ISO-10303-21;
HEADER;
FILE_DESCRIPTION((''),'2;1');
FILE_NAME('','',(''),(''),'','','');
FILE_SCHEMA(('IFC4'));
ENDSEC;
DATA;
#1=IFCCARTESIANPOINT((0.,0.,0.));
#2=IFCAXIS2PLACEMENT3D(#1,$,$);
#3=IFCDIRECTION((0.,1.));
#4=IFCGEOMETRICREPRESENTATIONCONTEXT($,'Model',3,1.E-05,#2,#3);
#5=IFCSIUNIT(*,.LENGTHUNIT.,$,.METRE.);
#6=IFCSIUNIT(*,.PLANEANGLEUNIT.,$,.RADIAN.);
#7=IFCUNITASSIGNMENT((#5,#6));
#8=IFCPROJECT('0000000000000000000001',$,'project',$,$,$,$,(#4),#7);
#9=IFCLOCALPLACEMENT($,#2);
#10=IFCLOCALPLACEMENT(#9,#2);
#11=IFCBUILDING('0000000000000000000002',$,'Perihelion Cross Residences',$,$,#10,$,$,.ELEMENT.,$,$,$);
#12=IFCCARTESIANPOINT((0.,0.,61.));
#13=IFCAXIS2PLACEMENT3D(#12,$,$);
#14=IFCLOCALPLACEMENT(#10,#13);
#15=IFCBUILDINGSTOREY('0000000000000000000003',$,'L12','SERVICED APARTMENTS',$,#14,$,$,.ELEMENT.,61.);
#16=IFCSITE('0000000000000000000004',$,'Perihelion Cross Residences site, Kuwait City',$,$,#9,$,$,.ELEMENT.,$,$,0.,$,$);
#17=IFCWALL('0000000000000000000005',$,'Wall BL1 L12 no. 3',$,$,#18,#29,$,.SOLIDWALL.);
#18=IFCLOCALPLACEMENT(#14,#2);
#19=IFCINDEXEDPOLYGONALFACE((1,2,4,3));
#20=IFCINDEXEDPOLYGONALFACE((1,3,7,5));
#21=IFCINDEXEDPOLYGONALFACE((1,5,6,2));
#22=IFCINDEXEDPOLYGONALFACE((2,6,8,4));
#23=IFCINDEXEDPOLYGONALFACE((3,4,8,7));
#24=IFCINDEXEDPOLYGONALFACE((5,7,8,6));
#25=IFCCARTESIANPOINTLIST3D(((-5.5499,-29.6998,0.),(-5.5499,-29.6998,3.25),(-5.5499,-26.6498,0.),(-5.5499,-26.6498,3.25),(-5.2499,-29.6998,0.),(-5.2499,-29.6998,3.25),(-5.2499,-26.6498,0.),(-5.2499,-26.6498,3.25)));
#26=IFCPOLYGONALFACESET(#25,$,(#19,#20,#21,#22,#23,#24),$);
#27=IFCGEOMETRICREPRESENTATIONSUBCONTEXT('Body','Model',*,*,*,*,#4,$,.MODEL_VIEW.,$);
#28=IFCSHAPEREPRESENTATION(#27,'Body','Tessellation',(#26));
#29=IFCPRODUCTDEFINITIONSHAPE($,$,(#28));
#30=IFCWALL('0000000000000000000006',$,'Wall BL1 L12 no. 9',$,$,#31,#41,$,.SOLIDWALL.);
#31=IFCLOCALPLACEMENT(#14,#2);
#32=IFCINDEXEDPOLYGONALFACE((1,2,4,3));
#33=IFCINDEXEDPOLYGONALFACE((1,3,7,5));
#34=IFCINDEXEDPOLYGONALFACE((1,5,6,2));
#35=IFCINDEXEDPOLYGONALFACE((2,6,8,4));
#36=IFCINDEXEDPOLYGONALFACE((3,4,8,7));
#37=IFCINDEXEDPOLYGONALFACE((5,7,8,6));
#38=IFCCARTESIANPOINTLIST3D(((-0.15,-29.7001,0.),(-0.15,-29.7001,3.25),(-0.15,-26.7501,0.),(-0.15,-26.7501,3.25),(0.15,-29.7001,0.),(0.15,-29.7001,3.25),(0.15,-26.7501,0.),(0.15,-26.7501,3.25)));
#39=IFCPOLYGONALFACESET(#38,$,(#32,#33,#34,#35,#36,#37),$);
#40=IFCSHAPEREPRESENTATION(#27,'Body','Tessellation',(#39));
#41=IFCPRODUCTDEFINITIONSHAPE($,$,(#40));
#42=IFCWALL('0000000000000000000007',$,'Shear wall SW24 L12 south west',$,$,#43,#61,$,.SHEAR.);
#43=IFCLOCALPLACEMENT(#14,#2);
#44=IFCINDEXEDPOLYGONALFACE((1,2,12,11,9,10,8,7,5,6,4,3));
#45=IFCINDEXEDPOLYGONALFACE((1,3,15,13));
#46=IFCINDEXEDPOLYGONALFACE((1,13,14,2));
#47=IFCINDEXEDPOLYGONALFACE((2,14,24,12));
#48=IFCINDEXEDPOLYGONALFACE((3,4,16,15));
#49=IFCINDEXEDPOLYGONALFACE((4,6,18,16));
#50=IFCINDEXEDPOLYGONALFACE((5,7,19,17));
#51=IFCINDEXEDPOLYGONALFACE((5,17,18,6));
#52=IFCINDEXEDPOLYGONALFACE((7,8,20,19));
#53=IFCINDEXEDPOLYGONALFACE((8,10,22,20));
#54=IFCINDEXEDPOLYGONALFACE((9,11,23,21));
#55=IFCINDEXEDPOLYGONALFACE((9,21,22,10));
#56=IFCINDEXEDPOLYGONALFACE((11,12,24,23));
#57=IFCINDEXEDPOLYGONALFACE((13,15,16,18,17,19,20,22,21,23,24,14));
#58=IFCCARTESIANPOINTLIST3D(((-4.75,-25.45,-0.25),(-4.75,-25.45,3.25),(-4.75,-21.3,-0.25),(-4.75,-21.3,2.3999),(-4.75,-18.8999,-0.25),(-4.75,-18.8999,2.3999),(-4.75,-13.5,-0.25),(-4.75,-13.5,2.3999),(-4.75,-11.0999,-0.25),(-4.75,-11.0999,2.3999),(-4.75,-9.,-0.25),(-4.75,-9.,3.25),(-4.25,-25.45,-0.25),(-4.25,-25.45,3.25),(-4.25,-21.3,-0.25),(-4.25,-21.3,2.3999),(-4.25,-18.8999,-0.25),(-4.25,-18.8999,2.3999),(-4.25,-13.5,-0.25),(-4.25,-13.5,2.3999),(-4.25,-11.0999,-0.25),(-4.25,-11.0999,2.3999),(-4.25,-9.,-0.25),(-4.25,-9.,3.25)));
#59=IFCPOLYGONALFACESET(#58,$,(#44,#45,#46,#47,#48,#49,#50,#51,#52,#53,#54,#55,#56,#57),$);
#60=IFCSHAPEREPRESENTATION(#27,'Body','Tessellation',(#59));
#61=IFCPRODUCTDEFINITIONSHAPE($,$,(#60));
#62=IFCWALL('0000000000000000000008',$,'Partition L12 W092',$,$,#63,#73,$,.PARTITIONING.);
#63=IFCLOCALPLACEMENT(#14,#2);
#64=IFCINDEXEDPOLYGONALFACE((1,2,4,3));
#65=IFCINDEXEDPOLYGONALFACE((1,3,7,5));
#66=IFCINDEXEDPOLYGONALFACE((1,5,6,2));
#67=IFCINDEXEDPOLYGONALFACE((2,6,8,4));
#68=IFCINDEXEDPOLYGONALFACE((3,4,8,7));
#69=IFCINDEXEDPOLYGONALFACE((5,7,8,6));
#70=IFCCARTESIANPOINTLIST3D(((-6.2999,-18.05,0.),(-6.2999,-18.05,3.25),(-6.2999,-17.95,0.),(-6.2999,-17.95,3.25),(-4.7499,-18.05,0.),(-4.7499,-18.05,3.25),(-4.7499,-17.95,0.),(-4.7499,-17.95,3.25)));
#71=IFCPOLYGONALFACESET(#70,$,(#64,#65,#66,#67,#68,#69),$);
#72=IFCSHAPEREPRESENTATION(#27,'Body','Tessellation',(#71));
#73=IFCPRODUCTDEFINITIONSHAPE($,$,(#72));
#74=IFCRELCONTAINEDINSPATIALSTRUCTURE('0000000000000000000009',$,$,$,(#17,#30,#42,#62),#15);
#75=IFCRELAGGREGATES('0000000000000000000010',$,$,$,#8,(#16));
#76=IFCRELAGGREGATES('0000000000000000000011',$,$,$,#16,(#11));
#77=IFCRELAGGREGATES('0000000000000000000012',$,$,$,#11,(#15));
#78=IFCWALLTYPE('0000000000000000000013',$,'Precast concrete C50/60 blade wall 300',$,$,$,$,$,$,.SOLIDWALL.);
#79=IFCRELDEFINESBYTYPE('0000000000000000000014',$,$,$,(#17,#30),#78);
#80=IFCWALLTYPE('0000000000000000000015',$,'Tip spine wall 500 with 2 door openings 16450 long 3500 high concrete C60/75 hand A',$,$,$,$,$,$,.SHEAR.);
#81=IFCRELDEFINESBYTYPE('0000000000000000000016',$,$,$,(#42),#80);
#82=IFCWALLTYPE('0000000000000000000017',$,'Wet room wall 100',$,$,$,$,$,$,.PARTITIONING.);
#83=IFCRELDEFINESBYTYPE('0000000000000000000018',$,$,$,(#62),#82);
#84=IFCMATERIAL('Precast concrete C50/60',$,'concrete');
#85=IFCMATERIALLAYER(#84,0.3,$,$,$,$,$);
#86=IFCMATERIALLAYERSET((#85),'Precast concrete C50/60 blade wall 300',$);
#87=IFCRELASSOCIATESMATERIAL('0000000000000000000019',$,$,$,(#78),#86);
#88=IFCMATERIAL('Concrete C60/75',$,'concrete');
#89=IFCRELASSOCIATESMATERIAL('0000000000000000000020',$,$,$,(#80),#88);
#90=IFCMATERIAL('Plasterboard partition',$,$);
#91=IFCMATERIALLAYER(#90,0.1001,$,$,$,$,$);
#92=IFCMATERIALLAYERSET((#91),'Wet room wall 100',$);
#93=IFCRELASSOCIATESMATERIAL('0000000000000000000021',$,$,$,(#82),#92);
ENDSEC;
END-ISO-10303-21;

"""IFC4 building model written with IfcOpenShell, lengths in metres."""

from ifc_helpers import new_model, si_unit, direction, frame, frame_2d, origin, place, context, subcontext, project, spatial, polyline, rectangle, outline, extrude, material, layer, layer_set, material_profile, profile_set, type_object, element, save


model = new_model("IFC4")

# Units and contexts
model_context = context("Model", 3, precision=1e-05, world=origin(), true_north=direction((0.0, 1.0)))
body_context = subcontext(model_context, "Body", "Model", "MODEL_VIEW")
ifc_project = project(units=[si_unit("LENGTHUNIT", "METRE"), si_unit("PLANEANGLEUNIT", "RADIAN")], contexts=[model_context])

# Site, building, storey
site_placement = place(None, origin())
site = spatial("IfcSite", under=ifc_project, at=site_placement, Name="Perihelion Cross Residences site, Kuwait City", CompositionType="ELEMENT", RefElevation=0.0)
building_placement = place(site_placement, origin())
building = spatial("IfcBuilding", under=site, at=building_placement, Name="Perihelion Cross Residences", CompositionType="ELEMENT")
storey_placement = place(building_placement, frame((0.0, 0.0, 61.0)))
storey = spatial("IfcBuildingStorey", under=building, at=storey_placement, Name="L12", Description="SERVICED APARTMENTS", CompositionType="ELEMENT", Elevation=61.0)

# Walls
ifc_material_1 = material(Name="Precast concrete C50/60", Category="concrete")
ifc_layer_1 = layer(ifc_material_1, 0.3)
ifc_layer_set_1 = layer_set([ifc_layer_1], Name="Precast concrete C50/60 blade wall 300")
wall_type_1 = type_object("IfcWallType", Name="Precast concrete C50/60 blade wall 300", PredefinedType="SOLIDWALL", material=ifc_layer_set_1)
for number, where, z_axis, x_axis, name in (
    (1, (-5.3999, -26.6499, 0.0), (0.0, 0.0, 1.0), (0.0, -1.0, 0.0), "Wall BL1 L12 no. 3"),
):
    element("IfcWall", number, at=place(storey_placement, frame(where, z_axis=z_axis, x_axis=x_axis)), inside=storey, type_object=wall_type_1, Name=name, PredefinedType="SOLIDWALL", context=body_context, shape_type="SweptSolid", body=[
        extrude(rectangle(XDim=3.05, YDim=0.3, at=frame_2d((1.5249, 0.0))), origin(), (0.0, 0.0, 1.0), 3.25),
    ])
wall_1_placement = place(storey_placement, frame((0.0, -26.75, 0.0), z_axis=(0.0, 0.0, 1.0), x_axis=(0.0, -1.0, 0.0)))
element("IfcWall", 2, at=wall_1_placement, inside=storey, type_object=wall_type_1, Name="Wall BL1 L12 no. 9", PredefinedType="SOLIDWALL", context=body_context, shape_type="SweptSolid", body=[
    extrude(rectangle(XDim=2.95, YDim=0.3, at=frame_2d((1.4751, 0.0))), origin(), (0.0, 0.0, 1.0), 3.25),
])
ifc_material_2 = material(Name="Concrete C60/75", Category="concrete")
ifc_material_profile_1 = material_profile(ifc_material_2, outline(polyline([(0.0, 0.0), (4.1499, 0.0), (4.1499, 2.6499), (6.55, 2.6499), (6.55, 0.0), (11.95, 0.0), (11.95, 2.6499), (14.3501, 2.6499), (14.3501, 0.0), (16.45, 0.0), (16.45, 3.5), (0.0, 3.5), (0.0, 0.0)])), Name="Tip spine wall")
ifc_profile_set_1 = profile_set([ifc_material_profile_1], Name="Concrete C60/75")
wall_type_2 = type_object("IfcWallType", Name="Tip spine wall 500 with 2 door openings 16450 long 3500 high concrete C60/75 hand A", PredefinedType="SHEAR", material=ifc_profile_set_1)
wall_2_placement = place(storey_placement, frame((-4.75, -25.45, -0.25), z_axis=(1.0, 0.0, 0.0), x_axis=(0.0, 1.0, 0.0)))
element("IfcWall", 3, at=wall_2_placement, inside=storey, type_object=wall_type_2, Name="Shear wall SW24 L12 south west", PredefinedType="SHEAR", context=body_context, shape_type="SweptSolid", body=[
    extrude(outline(polyline([(0.0, 0.0), (4.1499, 0.0), (4.1499, 2.6499), (6.55, 2.6499), (6.55, 0.0), (11.95, 0.0), (11.95, 2.6499), (14.3501, 2.6499), (14.3501, 0.0), (16.45, 0.0), (16.45, 3.5), (0.0, 3.5), (0.0, 0.0)])), origin(), (0.0, 0.0, 1.0), 0.5),
])
ifc_material_3 = material(Name="Plasterboard partition")
ifc_layer_2 = layer(ifc_material_3, 0.1001)
ifc_layer_set_2 = layer_set([ifc_layer_2], Name="Wet room wall 100")
wall_type_3 = type_object("IfcWallType", Name="Wet room wall 100", PredefinedType="PARTITIONING", material=ifc_layer_set_2)
wall_3_placement = place(storey_placement, frame((-4.75, -18.0, 0.0), z_axis=(0.0, 0.0, 1.0), x_axis=(-1.0, 0.0, 0.0)))
element("IfcWall", 4, at=wall_3_placement, inside=storey, type_object=wall_type_3, Name="Partition L12 W092", PredefinedType="PARTITIONING", context=body_context, shape_type="SweptSolid", body=[
    extrude(rectangle(XDim=1.55, YDim=0.1001, at=frame_2d((0.7749, 0.0))), origin(), (0.0, 0.0, 1.0), 3.25),
])

save(model, "model.ifc")
